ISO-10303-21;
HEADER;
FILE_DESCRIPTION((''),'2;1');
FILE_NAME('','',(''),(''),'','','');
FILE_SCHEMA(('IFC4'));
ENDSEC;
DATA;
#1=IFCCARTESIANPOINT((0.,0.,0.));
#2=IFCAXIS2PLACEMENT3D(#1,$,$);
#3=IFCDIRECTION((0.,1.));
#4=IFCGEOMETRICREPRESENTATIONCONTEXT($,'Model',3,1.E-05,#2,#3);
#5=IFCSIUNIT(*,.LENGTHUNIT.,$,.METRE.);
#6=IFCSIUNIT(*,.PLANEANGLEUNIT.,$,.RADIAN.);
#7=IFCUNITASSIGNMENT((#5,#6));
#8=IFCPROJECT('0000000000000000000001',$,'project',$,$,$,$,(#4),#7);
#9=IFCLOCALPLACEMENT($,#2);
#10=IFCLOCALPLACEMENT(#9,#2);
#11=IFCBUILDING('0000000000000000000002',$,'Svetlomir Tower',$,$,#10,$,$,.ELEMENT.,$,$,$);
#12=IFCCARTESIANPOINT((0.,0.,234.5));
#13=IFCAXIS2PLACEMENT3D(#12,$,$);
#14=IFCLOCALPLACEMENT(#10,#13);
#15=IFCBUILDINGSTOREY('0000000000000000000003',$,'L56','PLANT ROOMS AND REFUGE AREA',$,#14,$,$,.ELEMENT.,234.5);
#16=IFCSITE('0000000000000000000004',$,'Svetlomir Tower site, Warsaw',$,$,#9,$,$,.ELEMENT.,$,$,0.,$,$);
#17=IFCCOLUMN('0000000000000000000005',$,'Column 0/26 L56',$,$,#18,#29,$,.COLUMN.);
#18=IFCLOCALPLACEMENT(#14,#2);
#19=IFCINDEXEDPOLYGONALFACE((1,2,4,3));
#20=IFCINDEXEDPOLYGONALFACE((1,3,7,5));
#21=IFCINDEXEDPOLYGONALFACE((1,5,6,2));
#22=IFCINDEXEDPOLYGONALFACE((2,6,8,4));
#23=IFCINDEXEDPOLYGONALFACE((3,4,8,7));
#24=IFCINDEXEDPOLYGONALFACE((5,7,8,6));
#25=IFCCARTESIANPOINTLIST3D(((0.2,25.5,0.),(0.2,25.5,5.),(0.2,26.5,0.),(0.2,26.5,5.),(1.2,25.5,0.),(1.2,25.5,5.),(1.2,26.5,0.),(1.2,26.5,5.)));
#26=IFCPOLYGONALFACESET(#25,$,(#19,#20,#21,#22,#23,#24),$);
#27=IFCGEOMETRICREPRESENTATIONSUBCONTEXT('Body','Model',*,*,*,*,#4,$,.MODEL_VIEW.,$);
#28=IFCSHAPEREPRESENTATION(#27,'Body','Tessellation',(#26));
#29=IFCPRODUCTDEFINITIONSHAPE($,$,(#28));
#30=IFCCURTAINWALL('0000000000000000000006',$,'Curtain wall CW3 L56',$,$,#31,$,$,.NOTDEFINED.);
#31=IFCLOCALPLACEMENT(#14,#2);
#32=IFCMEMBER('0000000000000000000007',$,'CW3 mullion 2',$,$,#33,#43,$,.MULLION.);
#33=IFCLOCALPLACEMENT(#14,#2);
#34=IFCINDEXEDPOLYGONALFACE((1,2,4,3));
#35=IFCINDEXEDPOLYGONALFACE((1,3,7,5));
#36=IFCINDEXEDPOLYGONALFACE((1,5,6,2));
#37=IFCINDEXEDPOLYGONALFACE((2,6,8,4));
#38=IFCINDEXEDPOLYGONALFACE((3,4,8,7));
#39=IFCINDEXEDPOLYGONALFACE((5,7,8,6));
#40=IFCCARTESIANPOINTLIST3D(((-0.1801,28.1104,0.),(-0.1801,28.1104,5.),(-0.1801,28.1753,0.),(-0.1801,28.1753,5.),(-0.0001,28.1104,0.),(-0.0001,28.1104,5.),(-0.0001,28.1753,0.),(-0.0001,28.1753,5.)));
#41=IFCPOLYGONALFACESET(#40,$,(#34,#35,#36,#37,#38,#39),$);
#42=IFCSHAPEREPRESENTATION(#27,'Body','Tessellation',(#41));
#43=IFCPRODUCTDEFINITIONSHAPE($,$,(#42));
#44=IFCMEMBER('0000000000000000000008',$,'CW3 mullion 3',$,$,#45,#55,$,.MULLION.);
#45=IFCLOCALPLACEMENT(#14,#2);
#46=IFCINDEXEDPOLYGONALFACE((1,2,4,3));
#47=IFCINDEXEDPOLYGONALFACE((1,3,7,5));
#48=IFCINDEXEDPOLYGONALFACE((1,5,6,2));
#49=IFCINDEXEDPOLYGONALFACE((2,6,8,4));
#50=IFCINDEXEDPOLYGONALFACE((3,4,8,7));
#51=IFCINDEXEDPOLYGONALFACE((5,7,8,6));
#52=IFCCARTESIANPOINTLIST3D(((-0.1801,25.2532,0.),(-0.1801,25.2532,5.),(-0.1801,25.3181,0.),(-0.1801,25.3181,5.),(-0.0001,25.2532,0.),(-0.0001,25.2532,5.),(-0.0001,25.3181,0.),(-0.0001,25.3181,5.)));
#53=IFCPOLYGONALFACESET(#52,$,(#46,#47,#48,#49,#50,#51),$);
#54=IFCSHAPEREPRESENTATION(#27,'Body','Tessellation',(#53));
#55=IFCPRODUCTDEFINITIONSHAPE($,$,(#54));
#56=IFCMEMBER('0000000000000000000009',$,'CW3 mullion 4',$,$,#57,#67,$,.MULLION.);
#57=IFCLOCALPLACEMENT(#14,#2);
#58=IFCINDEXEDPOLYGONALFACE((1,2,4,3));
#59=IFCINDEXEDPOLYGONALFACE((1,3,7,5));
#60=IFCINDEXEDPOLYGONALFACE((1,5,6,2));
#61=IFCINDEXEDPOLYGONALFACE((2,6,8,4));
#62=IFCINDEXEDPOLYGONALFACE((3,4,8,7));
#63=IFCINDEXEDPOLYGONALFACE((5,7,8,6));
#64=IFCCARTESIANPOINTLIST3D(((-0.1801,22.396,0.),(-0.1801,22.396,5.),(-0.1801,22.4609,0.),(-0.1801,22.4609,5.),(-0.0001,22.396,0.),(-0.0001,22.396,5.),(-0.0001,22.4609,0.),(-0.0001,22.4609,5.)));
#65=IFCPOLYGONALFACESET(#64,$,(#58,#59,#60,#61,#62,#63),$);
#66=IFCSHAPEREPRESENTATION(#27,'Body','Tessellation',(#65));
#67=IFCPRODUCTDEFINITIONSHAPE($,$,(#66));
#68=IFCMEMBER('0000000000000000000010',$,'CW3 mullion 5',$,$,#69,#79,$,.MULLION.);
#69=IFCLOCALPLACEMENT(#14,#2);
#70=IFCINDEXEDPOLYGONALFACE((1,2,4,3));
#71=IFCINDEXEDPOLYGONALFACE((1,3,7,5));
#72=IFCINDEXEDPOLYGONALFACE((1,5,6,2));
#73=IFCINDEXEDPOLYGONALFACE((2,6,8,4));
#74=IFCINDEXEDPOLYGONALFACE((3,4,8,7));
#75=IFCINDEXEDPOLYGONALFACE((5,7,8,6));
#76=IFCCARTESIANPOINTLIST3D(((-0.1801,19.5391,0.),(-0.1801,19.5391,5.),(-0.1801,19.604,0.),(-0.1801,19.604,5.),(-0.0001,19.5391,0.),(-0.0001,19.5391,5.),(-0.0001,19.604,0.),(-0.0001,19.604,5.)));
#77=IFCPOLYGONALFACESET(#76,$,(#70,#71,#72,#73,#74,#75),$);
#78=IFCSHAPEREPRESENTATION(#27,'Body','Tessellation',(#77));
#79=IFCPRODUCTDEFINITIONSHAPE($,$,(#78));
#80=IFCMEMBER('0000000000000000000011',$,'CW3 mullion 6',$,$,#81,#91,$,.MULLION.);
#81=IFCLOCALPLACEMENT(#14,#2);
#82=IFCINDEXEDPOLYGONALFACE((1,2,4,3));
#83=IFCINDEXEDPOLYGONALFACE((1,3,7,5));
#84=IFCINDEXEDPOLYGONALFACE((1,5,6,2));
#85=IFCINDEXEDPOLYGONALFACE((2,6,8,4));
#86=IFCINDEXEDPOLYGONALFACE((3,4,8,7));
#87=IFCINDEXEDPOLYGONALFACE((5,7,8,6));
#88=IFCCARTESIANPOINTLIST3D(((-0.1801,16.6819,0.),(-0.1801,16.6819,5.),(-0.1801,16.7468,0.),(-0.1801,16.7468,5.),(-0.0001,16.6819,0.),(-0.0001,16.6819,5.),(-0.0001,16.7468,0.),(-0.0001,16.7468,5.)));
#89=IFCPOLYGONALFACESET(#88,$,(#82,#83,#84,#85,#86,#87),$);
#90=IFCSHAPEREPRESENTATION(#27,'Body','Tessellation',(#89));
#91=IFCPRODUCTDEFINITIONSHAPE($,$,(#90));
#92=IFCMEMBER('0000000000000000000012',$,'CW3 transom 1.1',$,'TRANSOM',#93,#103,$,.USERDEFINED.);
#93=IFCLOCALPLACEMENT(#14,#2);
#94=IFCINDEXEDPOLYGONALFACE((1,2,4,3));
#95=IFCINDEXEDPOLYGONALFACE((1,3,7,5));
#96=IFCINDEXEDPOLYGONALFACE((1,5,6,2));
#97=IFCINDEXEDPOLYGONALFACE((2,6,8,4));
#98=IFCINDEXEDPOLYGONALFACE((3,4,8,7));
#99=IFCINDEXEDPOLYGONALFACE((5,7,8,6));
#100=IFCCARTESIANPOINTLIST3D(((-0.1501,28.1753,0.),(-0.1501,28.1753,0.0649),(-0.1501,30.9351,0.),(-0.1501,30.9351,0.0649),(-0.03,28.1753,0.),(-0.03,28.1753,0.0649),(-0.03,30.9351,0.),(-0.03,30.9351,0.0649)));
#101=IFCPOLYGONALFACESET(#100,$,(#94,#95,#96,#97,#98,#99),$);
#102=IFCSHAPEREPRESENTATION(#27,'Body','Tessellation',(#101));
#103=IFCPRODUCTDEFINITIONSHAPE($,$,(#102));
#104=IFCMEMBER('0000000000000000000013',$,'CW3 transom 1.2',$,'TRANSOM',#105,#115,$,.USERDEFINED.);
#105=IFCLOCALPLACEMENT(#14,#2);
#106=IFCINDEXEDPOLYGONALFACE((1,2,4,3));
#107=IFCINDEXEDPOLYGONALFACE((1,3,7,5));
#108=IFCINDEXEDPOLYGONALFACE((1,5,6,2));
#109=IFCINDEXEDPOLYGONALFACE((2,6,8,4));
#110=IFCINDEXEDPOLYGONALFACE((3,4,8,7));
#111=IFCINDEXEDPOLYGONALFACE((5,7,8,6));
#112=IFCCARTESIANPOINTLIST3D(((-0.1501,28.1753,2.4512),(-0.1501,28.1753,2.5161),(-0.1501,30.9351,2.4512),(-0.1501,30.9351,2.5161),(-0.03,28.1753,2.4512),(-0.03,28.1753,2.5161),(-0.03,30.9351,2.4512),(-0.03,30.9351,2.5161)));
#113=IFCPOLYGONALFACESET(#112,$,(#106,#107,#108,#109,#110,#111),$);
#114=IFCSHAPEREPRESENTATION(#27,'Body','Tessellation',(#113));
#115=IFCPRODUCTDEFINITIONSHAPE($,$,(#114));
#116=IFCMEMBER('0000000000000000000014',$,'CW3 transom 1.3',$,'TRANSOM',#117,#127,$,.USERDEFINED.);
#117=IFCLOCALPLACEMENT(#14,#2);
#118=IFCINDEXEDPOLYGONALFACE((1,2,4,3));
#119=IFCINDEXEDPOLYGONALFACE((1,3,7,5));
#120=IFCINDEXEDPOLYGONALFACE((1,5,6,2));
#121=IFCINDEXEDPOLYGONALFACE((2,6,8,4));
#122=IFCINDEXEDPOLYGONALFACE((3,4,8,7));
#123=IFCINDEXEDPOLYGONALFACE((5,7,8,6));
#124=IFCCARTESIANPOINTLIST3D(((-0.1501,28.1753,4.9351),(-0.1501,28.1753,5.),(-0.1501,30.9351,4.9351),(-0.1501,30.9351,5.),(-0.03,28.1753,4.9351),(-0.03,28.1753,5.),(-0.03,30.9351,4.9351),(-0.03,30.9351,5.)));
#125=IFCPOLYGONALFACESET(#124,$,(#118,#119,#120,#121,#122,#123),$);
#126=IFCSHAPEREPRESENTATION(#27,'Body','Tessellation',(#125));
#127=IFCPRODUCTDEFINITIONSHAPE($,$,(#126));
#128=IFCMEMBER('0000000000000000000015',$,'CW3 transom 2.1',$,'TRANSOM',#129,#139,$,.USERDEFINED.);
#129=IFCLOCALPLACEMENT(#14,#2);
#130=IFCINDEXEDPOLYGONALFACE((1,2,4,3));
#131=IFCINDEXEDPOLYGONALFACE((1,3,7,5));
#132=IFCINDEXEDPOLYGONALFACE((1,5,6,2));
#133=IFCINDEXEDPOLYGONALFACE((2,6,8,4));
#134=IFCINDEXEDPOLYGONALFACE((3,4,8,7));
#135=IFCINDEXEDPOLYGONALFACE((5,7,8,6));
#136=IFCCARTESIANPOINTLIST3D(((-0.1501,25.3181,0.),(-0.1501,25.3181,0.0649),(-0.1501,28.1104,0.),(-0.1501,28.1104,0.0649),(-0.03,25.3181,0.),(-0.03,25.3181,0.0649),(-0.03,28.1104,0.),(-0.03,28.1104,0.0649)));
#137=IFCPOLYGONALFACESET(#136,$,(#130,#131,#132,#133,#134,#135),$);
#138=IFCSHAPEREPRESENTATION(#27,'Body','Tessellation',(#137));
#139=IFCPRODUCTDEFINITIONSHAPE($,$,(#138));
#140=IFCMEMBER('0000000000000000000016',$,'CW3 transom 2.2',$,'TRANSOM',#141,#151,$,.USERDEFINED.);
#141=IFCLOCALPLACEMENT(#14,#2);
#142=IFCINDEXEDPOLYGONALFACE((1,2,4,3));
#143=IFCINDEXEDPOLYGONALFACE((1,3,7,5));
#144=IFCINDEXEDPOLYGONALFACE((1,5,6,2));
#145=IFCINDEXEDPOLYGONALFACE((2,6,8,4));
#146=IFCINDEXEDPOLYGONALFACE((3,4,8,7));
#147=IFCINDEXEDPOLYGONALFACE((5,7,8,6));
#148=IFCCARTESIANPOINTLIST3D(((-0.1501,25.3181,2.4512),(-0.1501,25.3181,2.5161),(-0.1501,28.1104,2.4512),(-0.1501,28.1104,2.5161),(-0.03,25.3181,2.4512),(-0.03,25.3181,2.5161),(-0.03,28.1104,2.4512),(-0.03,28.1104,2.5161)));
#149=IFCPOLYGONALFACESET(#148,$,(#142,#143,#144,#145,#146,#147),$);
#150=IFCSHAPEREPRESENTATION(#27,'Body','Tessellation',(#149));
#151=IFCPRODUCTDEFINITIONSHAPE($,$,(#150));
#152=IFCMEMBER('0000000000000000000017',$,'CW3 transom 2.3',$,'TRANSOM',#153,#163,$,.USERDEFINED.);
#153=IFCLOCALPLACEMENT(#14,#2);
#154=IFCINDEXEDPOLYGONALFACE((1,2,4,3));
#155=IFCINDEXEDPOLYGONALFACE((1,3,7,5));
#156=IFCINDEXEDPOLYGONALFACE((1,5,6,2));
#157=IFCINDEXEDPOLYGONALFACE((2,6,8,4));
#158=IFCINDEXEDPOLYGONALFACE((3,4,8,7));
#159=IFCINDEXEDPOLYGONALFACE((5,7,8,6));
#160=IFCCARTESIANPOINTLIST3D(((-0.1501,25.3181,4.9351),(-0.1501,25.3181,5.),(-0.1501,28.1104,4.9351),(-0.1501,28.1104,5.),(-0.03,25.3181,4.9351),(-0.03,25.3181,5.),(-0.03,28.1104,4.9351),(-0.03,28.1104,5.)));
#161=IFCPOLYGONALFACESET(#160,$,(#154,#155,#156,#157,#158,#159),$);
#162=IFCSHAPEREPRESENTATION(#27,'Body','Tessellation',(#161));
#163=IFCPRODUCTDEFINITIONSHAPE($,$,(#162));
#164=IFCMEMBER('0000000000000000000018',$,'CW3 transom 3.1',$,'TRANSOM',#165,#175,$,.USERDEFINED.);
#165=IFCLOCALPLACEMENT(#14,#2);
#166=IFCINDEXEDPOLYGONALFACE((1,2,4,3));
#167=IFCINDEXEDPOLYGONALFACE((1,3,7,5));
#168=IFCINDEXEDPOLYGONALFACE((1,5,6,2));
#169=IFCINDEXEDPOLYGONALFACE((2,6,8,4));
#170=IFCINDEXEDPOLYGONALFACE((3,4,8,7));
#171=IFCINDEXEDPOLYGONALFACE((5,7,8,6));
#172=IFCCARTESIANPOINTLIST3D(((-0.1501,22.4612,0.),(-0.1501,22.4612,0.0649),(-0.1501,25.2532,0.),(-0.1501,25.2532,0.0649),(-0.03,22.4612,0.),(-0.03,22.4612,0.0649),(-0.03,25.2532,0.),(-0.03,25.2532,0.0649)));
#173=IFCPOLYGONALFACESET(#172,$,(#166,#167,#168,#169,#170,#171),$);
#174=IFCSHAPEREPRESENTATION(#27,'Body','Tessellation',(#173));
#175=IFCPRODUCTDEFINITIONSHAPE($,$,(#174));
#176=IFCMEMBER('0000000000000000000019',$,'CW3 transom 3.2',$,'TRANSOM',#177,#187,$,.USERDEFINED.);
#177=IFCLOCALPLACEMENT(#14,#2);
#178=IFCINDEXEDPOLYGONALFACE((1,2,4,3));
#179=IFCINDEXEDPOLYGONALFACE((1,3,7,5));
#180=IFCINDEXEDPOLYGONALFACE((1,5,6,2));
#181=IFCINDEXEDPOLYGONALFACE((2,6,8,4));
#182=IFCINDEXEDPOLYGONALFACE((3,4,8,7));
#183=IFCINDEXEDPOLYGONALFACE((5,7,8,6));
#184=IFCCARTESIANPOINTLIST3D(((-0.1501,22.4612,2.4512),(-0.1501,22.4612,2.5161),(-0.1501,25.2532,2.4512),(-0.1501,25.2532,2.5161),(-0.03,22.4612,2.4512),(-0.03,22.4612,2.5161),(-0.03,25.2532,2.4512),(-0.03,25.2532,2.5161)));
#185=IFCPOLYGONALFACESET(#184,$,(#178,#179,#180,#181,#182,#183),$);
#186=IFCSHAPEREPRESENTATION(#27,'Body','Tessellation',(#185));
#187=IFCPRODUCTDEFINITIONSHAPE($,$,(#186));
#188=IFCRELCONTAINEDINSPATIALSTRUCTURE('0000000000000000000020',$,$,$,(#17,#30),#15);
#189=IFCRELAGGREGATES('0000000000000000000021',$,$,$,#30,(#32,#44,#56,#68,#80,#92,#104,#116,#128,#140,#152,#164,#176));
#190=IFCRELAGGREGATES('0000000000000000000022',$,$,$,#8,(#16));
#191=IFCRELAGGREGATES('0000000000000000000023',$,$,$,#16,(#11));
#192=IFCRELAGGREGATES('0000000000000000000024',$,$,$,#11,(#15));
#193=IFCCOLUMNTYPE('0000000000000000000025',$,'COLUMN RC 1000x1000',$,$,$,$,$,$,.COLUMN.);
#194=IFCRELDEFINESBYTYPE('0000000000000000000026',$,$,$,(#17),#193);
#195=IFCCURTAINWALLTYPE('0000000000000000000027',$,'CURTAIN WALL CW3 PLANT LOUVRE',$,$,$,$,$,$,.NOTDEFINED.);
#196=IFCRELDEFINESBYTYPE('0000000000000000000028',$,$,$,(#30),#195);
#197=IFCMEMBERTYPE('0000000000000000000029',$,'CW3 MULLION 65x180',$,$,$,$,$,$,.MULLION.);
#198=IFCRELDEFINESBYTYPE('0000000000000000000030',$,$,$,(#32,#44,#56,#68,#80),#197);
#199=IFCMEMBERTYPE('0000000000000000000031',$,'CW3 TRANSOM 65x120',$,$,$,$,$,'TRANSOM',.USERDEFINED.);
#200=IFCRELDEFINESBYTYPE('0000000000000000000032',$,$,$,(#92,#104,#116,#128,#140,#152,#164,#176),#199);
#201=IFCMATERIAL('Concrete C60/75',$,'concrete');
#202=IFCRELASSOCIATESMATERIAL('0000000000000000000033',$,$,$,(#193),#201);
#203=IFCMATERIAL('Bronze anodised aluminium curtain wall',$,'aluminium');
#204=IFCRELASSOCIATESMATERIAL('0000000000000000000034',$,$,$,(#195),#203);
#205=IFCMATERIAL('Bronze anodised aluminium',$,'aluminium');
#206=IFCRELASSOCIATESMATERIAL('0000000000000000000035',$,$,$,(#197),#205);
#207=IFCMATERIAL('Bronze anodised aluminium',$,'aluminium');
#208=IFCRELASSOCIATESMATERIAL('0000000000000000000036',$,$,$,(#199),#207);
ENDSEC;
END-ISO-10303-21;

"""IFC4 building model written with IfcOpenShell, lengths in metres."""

from ifc_helpers import new_model, si_unit, direction, frame, origin, origin_2d, place, context, subcontext, project, spatial, rectangle, extrude, material, material_profile, profile_set, type_object, element, aggregate, save


model = new_model("IFC4")

# Units and contexts
model_context = context("Model", 3, precision=1e-05, world=origin(), true_north=direction((0.0, 1.0)))
body_context = subcontext(model_context, "Body", "Model", "MODEL_VIEW")
ifc_project = project(units=[si_unit("LENGTHUNIT", "METRE"), si_unit("PLANEANGLEUNIT", "RADIAN")], contexts=[model_context])

# Site, building, storey
site_placement = place(None, origin())
site = spatial("IfcSite", under=ifc_project, at=site_placement, Name="Svetlomir Tower site, Warsaw", CompositionType="ELEMENT", RefElevation=0.0)
building_placement = place(site_placement, origin())
building = spatial("IfcBuilding", under=site, at=building_placement, Name="Svetlomir Tower", CompositionType="ELEMENT")
storey_placement = place(building_placement, frame((0.0, 0.0, 234.5)))
storey = spatial("IfcBuildingStorey", under=building, at=storey_placement, Name="L56", Description="PLANT ROOMS AND REFUGE AREA", CompositionType="ELEMENT", Elevation=234.5)

# Column
ifc_material_1 = material(Name="Concrete C60/75", Category="concrete")
ifc_material_profile_1 = material_profile(ifc_material_1, rectangle(XDim=1.0, YDim=1.0, at=origin_2d()), Name="RC 1000x1000")
ifc_profile_set_1 = profile_set([ifc_material_profile_1], Name="Concrete C60/75")
column_type = type_object("IfcColumnType", Name="COLUMN RC 1000x1000", PredefinedType="COLUMN", material=ifc_profile_set_1)
column_placement = place(storey_placement, frame((0.7, 26.0, 0.0), z_axis=(0.0, 0.0, 1.0), x_axis=(1.0, 0.0, 0.0)))
element("IfcColumn", 1, at=column_placement, inside=storey, type_object=column_type, Name="Column 0/26 L56", PredefinedType="COLUMN", context=body_context, shape_type="SweptSolid", body=[
    extrude(rectangle(XDim=1.0, YDim=1.0, at=origin_2d()), origin(), (0.0, 0.0, 1.0), 5.0),
])

# Curtain wall, members
ifc_material_2 = material(Name="Bronze anodised aluminium curtain wall", Category="aluminium")
curtain_wall_type = type_object("IfcCurtainWallType", Name="CURTAIN WALL CW3 PLANT LOUVRE", PredefinedType="NOTDEFINED", material=ifc_material_2)
curtain_wall_placement = place(storey_placement, origin())
curtain_wall = element("IfcCurtainWall", 2, at=curtain_wall_placement, inside=storey, type_object=curtain_wall_type, Name="Curtain wall CW3 L56", PredefinedType="NOTDEFINED")
ifc_material_3 = material(Name="Bronze anodised aluminium", Category="aluminium")
ifc_material_profile_2 = material_profile(ifc_material_3, rectangle(XDim=0.0649, YDim=0.1799, at=origin_2d()), Name="AL 65x180")
ifc_profile_set_2 = profile_set([ifc_material_profile_2], Name="Bronze anodised aluminium 6063-T6")
member_type_1 = type_object("IfcMemberType", Name="CW3 MULLION 65x180", PredefinedType="MULLION", material=ifc_profile_set_2)
member_1_placement = place(storey_placement, frame((-0.0901, 28.1428, 0.0), z_axis=(0.0, 0.0, 1.0), x_axis=(0.0, -1.0, 0.0)))
member_1 = element("IfcMember", 3, at=member_1_placement, type_object=member_type_1, Name="CW3 mullion 2", PredefinedType="MULLION", context=body_context, shape_type="SweptSolid", body=[
    extrude(rectangle(XDim=0.0649, YDim=0.1799, at=origin_2d()), origin(), (0.0, 0.0, 1.0), 5.0),
])
member_2_placement = place(storey_placement, frame((-0.0901, 25.2856, 0.0), z_axis=(0.0, 0.0, 1.0), x_axis=(0.0, -1.0, 0.0)))
member_2 = element("IfcMember", 4, at=member_2_placement, type_object=member_type_1, Name="CW3 mullion 3", PredefinedType="MULLION", context=body_context, shape_type="SweptSolid", body=[
    extrude(rectangle(XDim=0.0649, YDim=0.1799, at=origin_2d()), origin(), (0.0, 0.0, 1.0), 5.0),
])
member_3_placement = place(storey_placement, frame((-0.0901, 22.4285, 0.0), z_axis=(0.0, 0.0, 1.0), x_axis=(0.0, -1.0, 0.0)))
member_3 = element("IfcMember", 5, at=member_3_placement, type_object=member_type_1, Name="CW3 mullion 4", PredefinedType="MULLION", context=body_context, shape_type="SweptSolid", body=[
    extrude(rectangle(XDim=0.0649, YDim=0.1799, at=origin_2d()), origin(), (0.0, 0.0, 1.0), 5.0),
])
member_4_placement = place(storey_placement, frame((-0.0901, 19.5715, 0.0), z_axis=(0.0, 0.0, 1.0), x_axis=(0.0, -1.0, 0.0)))
member_4 = element("IfcMember", 6, at=member_4_placement, type_object=member_type_1, Name="CW3 mullion 5", PredefinedType="MULLION", context=body_context, shape_type="SweptSolid", body=[
    extrude(rectangle(XDim=0.0649, YDim=0.1799, at=origin_2d()), origin(), (0.0, 0.0, 1.0), 5.0),
])
member_5_placement = place(storey_placement, frame((-0.0901, 16.7144, 0.0), z_axis=(0.0, 0.0, 1.0), x_axis=(0.0, -1.0, 0.0)))
member_5 = element("IfcMember", 7, at=member_5_placement, type_object=member_type_1, Name="CW3 mullion 6", PredefinedType="MULLION", context=body_context, shape_type="SweptSolid", body=[
    extrude(rectangle(XDim=0.0649, YDim=0.1799, at=origin_2d()), origin(), (0.0, 0.0, 1.0), 5.0),
])
ifc_material_4 = material(Name="Bronze anodised aluminium", Category="aluminium")
ifc_material_profile_3 = material_profile(ifc_material_4, rectangle(XDim=0.1201, YDim=0.0649, at=origin_2d()), Name="AL 120x65")
ifc_profile_set_3 = profile_set([ifc_material_profile_3], Name="Bronze anodised aluminium 6063-T6")
member_type_2 = type_object("IfcMemberType", Name="CW3 TRANSOM 65x120", ElementType="TRANSOM", PredefinedType="USERDEFINED", material=ifc_profile_set_3)
member_6_placement = place(storey_placement, frame((-0.0901, 30.9351, 0.0325), z_axis=(0.0, -1.0, 0.0), x_axis=(1.0, 0.0, 0.0)))
member_6 = element("IfcMember", 8, at=member_6_placement, type_object=member_type_2, Name="CW3 transom 1.1", ObjectType="TRANSOM", PredefinedType="USERDEFINED", context=body_context, shape_type="SweptSolid", body=[
    extrude(rectangle(XDim=0.1201, YDim=0.0649, at=origin_2d()), origin(), (0.0, 0.0, 1.0), 2.7598),
])
member_7_placement = place(storey_placement, frame((-0.0901, 30.9351, 2.4836), z_axis=(0.0, -1.0, 0.0), x_axis=(1.0, 0.0, 0.0)))
member_7 = element("IfcMember", 9, at=member_7_placement, type_object=member_type_2, Name="CW3 transom 1.2", ObjectType="TRANSOM", PredefinedType="USERDEFINED", context=body_context, shape_type="SweptSolid", body=[
    extrude(rectangle(XDim=0.1201, YDim=0.0649, at=origin_2d()), origin(), (0.0, 0.0, 1.0), 2.7598),
])
member_8_placement = place(storey_placement, frame((-0.0901, 30.9351, 4.9675), z_axis=(0.0, -1.0, 0.0), x_axis=(1.0, 0.0, 0.0)))
member_8 = element("IfcMember", 10, at=member_8_placement, type_object=member_type_2, Name="CW3 transom 1.3", ObjectType="TRANSOM", PredefinedType="USERDEFINED", context=body_context, shape_type="SweptSolid", body=[
    extrude(rectangle(XDim=0.1201, YDim=0.0649, at=origin_2d()), origin(), (0.0, 0.0, 1.0), 2.7598),
])
member_9_placement = place(storey_placement, frame((-0.0901, 28.1104, 0.0325), z_axis=(0.0, -1.0, 0.0), x_axis=(1.0, 0.0, 0.0)))
member_9 = element("IfcMember", 11, at=member_9_placement, type_object=member_type_2, Name="CW3 transom 2.1", ObjectType="TRANSOM", PredefinedType="USERDEFINED", context=body_context, shape_type="SweptSolid", body=[
    extrude(rectangle(XDim=0.1201, YDim=0.0649, at=origin_2d()), origin(), (0.0, 0.0, 1.0), 2.7922),
])
member_10_placement = place(storey_placement, frame((-0.0901, 28.1104, 2.4836), z_axis=(0.0, -1.0, 0.0), x_axis=(1.0, 0.0, 0.0)))
member_10 = element("IfcMember", 12, at=member_10_placement, type_object=member_type_2, Name="CW3 transom 2.2", ObjectType="TRANSOM", PredefinedType="USERDEFINED", context=body_context, shape_type="SweptSolid", body=[
    extrude(rectangle(XDim=0.1201, YDim=0.0649, at=origin_2d()), origin(), (0.0, 0.0, 1.0), 2.7922),
])
member_11_placement = place(storey_placement, frame((-0.0901, 28.1104, 4.9675), z_axis=(0.0, -1.0, 0.0), x_axis=(1.0, 0.0, 0.0)))
member_11 = element("IfcMember", 13, at=member_11_placement, type_object=member_type_2, Name="CW3 transom 2.3", ObjectType="TRANSOM", PredefinedType="USERDEFINED", context=body_context, shape_type="SweptSolid", body=[
    extrude(rectangle(XDim=0.1201, YDim=0.0649, at=origin_2d()), origin(), (0.0, 0.0, 1.0), 2.7922),
])
member_12_placement = place(storey_placement, frame((-0.0901, 25.2532, 0.0325), z_axis=(0.0, -1.0, 0.0), x_axis=(1.0, 0.0, 0.0)))
member_12 = element("IfcMember", 14, at=member_12_placement, type_object=member_type_2, Name="CW3 transom 3.1", ObjectType="TRANSOM", PredefinedType="USERDEFINED", context=body_context, shape_type="SweptSolid", body=[
    extrude(rectangle(XDim=0.1201, YDim=0.0649, at=origin_2d()), origin(), (0.0, 0.0, 1.0), 2.792),
])
member_13_placement = place(storey_placement, frame((-0.0901, 25.2532, 2.4836), z_axis=(0.0, -1.0, 0.0), x_axis=(1.0, 0.0, 0.0)))
member_13 = element("IfcMember", 15, at=member_13_placement, type_object=member_type_2, Name="CW3 transom 3.2", ObjectType="TRANSOM", PredefinedType="USERDEFINED", context=body_context, shape_type="SweptSolid", body=[
    extrude(rectangle(XDim=0.1201, YDim=0.0649, at=origin_2d()), origin(), (0.0, 0.0, 1.0), 2.792),
])
aggregate(curtain_wall, [member_1, member_2, member_3, member_4, member_5, member_6, member_7, member_8, member_9, member_10, member_11, member_12, member_13])

save(model, "model.ifc")
